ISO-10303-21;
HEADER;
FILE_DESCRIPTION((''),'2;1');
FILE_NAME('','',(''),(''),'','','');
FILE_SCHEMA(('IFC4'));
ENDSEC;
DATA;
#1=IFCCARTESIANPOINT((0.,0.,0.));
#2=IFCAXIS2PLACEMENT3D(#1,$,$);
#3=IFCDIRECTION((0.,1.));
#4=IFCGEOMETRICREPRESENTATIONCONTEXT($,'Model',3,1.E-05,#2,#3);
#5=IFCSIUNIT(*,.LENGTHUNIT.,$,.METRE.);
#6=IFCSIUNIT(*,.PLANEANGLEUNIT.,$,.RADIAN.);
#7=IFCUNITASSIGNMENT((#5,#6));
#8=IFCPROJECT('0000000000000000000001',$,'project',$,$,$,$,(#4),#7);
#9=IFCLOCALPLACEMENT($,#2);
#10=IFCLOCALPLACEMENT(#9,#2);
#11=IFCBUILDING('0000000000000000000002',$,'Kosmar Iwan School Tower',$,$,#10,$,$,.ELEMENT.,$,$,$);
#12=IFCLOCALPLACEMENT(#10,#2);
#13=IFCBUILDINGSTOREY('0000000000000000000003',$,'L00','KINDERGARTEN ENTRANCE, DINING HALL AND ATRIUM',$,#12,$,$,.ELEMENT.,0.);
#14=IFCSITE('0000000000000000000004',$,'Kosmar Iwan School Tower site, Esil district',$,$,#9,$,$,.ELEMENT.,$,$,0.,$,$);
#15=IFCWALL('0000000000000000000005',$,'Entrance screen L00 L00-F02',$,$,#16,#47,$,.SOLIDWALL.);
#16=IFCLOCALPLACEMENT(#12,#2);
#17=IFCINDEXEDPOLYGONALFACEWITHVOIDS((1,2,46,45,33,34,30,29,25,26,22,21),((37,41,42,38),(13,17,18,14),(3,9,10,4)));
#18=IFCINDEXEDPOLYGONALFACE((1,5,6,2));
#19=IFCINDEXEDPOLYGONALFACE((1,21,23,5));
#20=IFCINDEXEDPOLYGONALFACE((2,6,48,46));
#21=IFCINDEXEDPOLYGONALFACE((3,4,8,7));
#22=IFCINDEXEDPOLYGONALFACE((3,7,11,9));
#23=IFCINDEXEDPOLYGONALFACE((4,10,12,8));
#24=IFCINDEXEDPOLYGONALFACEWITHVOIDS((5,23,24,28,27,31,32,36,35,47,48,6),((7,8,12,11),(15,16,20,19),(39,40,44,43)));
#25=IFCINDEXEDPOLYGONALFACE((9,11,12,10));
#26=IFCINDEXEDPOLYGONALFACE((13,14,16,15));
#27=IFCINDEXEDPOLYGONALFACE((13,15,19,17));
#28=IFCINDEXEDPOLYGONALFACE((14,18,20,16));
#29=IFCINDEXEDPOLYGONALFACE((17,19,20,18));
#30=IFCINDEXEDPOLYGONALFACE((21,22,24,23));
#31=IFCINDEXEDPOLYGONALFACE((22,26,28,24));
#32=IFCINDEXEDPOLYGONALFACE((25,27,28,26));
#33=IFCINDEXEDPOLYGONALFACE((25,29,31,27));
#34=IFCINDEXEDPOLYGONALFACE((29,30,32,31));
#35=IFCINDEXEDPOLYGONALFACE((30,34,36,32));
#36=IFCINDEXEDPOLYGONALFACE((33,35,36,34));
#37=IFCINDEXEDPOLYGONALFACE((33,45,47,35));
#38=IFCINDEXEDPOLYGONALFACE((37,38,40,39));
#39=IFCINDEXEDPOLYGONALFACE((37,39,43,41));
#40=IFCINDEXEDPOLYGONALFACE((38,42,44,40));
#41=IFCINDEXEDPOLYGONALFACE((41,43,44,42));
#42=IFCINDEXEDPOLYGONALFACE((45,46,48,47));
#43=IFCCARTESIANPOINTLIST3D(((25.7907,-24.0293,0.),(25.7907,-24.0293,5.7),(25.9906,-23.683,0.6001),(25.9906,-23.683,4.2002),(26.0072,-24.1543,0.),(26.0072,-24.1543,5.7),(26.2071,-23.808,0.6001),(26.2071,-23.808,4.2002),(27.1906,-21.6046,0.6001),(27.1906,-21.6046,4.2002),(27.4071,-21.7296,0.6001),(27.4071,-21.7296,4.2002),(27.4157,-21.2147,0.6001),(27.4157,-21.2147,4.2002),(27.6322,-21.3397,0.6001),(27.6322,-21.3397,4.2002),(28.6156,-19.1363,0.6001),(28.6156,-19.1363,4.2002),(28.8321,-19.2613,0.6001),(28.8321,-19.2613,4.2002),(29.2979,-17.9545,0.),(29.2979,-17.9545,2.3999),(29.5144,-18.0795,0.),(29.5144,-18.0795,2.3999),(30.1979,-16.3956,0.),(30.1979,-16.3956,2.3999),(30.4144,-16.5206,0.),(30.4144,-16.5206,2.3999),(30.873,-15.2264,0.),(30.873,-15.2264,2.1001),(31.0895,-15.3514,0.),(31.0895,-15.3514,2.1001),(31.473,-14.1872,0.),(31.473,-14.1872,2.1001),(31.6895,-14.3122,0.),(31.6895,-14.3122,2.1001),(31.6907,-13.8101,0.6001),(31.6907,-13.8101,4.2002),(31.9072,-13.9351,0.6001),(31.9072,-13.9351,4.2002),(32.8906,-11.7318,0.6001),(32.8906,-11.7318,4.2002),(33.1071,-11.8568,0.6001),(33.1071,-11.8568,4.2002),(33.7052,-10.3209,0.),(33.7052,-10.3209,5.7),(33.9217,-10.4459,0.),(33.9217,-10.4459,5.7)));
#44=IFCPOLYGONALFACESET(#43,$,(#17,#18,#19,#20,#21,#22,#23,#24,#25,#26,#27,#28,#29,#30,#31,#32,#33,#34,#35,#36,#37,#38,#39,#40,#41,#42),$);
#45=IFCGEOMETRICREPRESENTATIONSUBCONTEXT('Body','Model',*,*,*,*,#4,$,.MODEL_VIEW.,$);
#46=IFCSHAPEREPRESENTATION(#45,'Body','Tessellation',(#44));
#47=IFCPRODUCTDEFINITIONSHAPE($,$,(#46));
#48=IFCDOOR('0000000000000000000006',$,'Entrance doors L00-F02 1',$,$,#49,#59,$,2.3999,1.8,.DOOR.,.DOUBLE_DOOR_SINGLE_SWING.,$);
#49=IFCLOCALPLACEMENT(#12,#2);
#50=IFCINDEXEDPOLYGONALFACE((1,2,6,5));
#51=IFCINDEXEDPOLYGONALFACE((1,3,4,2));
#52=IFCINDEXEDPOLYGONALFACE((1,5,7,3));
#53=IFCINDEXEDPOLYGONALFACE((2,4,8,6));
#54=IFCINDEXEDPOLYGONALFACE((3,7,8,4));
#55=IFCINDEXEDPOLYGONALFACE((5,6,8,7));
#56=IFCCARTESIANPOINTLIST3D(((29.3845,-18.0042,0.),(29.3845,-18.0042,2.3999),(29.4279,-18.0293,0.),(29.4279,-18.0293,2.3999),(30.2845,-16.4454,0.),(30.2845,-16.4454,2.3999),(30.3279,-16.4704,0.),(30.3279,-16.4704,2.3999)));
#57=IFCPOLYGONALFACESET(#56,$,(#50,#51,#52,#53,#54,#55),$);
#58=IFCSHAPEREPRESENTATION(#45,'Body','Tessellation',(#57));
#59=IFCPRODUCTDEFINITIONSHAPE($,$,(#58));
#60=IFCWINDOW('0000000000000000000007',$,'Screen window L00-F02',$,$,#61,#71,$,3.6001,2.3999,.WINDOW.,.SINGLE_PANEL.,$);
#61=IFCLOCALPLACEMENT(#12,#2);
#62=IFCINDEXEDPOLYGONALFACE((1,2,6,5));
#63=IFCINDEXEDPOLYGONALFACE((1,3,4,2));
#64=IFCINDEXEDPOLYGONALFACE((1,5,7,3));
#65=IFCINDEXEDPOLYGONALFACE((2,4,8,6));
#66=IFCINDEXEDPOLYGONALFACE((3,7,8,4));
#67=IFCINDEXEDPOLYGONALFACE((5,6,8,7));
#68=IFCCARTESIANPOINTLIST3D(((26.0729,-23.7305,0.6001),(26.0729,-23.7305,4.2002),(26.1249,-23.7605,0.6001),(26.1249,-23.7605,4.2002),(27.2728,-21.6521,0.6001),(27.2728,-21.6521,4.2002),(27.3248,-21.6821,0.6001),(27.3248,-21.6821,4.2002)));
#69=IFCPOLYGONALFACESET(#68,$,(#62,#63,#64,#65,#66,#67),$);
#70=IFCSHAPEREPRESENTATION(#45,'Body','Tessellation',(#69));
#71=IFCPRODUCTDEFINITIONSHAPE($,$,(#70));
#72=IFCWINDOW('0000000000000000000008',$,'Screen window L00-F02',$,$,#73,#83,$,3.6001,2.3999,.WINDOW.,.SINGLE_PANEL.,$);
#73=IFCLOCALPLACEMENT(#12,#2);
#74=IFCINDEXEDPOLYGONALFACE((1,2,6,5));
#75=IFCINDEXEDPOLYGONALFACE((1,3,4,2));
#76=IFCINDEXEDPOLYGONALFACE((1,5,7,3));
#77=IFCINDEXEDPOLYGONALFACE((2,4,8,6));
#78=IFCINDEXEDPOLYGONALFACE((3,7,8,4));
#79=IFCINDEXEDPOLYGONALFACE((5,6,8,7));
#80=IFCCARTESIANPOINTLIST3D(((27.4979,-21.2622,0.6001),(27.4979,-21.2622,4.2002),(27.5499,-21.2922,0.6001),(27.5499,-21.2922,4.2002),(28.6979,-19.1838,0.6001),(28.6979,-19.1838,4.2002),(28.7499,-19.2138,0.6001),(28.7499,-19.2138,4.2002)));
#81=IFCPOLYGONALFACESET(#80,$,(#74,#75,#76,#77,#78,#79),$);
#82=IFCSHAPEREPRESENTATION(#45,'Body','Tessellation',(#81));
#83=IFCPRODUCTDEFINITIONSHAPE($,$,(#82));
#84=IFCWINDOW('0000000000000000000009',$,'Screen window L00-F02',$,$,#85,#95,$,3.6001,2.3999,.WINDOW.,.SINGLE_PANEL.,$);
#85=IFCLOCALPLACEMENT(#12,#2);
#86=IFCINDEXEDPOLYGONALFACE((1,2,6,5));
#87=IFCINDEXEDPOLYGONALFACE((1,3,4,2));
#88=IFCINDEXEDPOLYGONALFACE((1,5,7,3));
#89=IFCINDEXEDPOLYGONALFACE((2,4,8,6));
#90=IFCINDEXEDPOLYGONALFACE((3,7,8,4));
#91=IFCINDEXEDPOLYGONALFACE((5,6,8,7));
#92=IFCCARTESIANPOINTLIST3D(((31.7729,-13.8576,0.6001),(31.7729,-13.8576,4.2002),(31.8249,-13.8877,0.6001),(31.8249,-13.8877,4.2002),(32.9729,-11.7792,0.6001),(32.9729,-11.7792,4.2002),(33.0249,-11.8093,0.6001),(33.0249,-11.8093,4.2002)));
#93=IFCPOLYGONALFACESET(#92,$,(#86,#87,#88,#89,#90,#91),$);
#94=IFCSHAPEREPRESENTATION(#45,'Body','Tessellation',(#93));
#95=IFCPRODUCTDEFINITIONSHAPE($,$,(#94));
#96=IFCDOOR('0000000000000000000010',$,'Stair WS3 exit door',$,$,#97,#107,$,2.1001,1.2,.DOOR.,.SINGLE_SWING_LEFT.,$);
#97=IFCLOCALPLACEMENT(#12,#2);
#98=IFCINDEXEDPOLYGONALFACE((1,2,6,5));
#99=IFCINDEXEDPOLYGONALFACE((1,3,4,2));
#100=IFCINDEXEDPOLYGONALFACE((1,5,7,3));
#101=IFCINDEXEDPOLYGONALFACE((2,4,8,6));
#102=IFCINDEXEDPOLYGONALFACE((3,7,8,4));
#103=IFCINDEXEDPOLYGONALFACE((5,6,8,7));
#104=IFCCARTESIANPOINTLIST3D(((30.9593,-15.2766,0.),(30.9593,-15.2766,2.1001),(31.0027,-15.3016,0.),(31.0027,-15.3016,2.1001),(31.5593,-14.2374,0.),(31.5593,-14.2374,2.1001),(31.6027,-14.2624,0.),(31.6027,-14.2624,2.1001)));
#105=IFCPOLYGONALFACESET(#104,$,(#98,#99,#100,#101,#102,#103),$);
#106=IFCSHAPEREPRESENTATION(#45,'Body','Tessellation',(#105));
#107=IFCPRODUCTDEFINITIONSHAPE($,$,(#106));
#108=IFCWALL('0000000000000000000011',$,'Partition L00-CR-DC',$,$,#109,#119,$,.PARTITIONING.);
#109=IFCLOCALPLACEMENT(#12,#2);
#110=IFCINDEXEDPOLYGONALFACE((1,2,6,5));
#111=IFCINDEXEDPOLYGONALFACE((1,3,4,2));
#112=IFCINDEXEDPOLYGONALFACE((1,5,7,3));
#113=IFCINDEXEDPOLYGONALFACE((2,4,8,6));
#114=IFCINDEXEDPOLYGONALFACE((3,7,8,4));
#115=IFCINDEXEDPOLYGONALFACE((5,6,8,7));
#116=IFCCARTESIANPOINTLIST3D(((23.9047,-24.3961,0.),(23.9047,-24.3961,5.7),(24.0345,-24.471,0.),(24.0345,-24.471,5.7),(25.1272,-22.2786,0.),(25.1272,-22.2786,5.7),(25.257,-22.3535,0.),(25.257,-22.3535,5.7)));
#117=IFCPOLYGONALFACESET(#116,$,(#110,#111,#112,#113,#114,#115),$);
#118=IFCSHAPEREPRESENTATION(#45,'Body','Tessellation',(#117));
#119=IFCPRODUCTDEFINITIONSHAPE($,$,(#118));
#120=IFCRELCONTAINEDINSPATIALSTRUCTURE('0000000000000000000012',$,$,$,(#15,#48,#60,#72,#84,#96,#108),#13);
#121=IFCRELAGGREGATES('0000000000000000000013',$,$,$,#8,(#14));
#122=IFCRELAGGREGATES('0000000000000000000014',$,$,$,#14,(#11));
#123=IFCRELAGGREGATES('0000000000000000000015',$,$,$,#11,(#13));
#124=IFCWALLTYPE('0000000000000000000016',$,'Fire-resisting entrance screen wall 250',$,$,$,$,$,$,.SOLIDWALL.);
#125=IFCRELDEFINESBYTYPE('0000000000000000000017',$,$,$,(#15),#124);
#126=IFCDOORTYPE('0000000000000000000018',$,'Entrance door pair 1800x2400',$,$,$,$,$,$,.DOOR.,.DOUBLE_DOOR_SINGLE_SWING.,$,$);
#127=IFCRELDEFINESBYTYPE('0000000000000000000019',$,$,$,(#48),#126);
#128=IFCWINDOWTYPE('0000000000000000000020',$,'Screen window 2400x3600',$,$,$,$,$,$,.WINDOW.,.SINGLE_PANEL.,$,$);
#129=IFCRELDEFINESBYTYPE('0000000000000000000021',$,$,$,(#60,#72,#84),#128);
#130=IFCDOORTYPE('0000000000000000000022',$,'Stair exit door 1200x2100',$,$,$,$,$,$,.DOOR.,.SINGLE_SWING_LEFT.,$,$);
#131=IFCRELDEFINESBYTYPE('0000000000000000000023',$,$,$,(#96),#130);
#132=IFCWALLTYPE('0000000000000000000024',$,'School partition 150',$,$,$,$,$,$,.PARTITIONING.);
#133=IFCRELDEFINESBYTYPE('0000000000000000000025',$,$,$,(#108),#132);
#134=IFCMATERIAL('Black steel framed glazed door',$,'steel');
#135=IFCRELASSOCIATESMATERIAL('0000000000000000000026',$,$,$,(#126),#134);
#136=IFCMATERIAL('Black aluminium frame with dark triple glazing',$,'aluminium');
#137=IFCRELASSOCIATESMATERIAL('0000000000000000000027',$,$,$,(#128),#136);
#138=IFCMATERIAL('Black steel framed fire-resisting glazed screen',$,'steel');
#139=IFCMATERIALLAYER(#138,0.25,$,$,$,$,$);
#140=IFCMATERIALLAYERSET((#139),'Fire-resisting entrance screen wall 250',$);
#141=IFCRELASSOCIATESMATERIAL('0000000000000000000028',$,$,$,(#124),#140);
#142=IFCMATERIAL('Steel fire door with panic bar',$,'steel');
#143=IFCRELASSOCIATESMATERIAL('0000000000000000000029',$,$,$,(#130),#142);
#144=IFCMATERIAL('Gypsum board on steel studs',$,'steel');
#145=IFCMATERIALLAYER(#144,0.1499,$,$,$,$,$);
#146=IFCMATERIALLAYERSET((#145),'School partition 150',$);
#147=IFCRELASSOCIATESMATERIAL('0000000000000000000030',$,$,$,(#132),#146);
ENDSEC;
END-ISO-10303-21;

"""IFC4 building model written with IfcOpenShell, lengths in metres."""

from ifc_helpers import new_model, si_unit, direction, frame, frame_2d, origin, place, context, subcontext, project, spatial, rectangle, extrude, material, layer, layer_set, type_object, element, fill, save


model = new_model("IFC4")

# Units and contexts
model_context = context("Model", 3, precision=1e-05, world=origin(), true_north=direction((0.0, 1.0)))
body_context = subcontext(model_context, "Body", "Model", "MODEL_VIEW")
ifc_project = project(units=[si_unit("LENGTHUNIT", "METRE"), si_unit("PLANEANGLEUNIT", "RADIAN")], contexts=[model_context])

# Site, building, storey
site_placement = place(None, origin())
site = spatial("IfcSite", under=ifc_project, at=site_placement, Name="Kosmar Iwan School Tower site, Esil district", CompositionType="ELEMENT", RefElevation=0.0)
building_placement = place(site_placement, origin())
building = spatial("IfcBuilding", under=site, at=building_placement, Name="Kosmar Iwan School Tower", CompositionType="ELEMENT")
storey_placement = place(building_placement, origin())
storey = spatial("IfcBuildingStorey", under=building, at=storey_placement, Name="L00", Description="KINDERGARTEN ENTRANCE, DINING HALL AND ATRIUM", CompositionType="ELEMENT", Elevation=0.0)

# Shared definitions
ifc_material_1 = material(Name="Black steel framed glazed door", Category="steel")
door_type_1 = type_object("IfcDoorType", Name="Entrance door pair 1800x2400", OperationType="DOUBLE_DOOR_SINGLE_SWING", PredefinedType="DOOR", material=ifc_material_1)
ifc_material_2 = material(Name="Black aluminium frame with dark triple glazing", Category="aluminium")
window_type = type_object("IfcWindowType", Name="Screen window 2400x3600", PartitioningType="SINGLE_PANEL", PredefinedType="WINDOW", material=ifc_material_2)

# Wall, openings, doors, windows
ifc_material_3 = material(Name="Black steel framed fire-resisting glazed screen", Category="steel")
ifc_layer_1 = layer(ifc_material_3, 0.25)
ifc_layer_set_1 = layer_set([ifc_layer_1], Name="Fire-resisting entrance screen wall 250")
wall_type_1 = type_object("IfcWallType", Name="Fire-resisting entrance screen wall 250", PredefinedType="SOLIDWALL", material=ifc_layer_set_1)
wall_1_placement = place(storey_placement, frame((25.8989, -24.0918, 0.0), z_axis=(0.0, 0.0, 1.0), x_axis=(0.499997, 0.866027, 0.0)))
wall_1 = element("IfcWall", 1, at=wall_1_placement, inside=storey, type_object=wall_type_1, Name="Entrance screen L00 L00-F02", PredefinedType="SOLIDWALL", context=body_context, shape_type="SweptSolid", body=[
    extrude(rectangle(XDim=15.8291, YDim=0.25, at=frame_2d((7.9146, 0.0))), origin(), (0.0, 0.0, 1.0), 5.7),
])
opening_1_placement = place(wall_1_placement, frame((7.0146, 0.0, 0.0)))
opening_1 = element("IfcOpeningElement", 2, at=opening_1_placement, cuts=wall_1, PredefinedType="OPENING", context=body_context, shape_type="SweptSolid", body=[
    extrude(rectangle(XDim=1.8, YDim=2.3999, at=frame_2d((0.8999, 1.2))), frame((0.0, 0.137, 0.0), z_axis=(0.0, -1.0, 0.0), x_axis=(1.0, 0.0, 0.0)), (0.0, 0.0, 1.0), 0.2739),
])
opening_2_placement = place(wall_1_placement, frame((0.3999, 0.0, 0.6001)))
opening_2 = element("IfcOpeningElement", 3, at=opening_2_placement, cuts=wall_1, PredefinedType="OPENING", context=body_context, shape_type="SweptSolid", body=[
    extrude(rectangle(XDim=2.3999, YDim=3.6001, at=frame_2d((1.2, 1.8))), frame((0.0, 0.137, 0.0), z_axis=(0.0, -1.0, 0.0), x_axis=(1.0, 0.0, 0.0)), (0.0, 0.0, 1.0), 0.2739),
])
opening_3_placement = place(wall_1_placement, frame((3.25, 0.0, 0.6001)))
opening_3 = element("IfcOpeningElement", 4, at=opening_3_placement, cuts=wall_1, PredefinedType="OPENING", context=body_context, shape_type="SweptSolid", body=[
    extrude(rectangle(XDim=2.3999, YDim=3.6001, at=frame_2d((1.2, 1.8))), frame((0.0, 0.137, 0.0), z_axis=(0.0, -1.0, 0.0), x_axis=(1.0, 0.0, 0.0)), (0.0, 0.0, 1.0), 0.2739),
])
opening_4_placement = place(wall_1_placement, frame((11.8, 0.0, 0.6001)))
opening_4 = element("IfcOpeningElement", 5, at=opening_4_placement, cuts=wall_1, PredefinedType="OPENING", context=body_context, shape_type="SweptSolid", body=[
    extrude(rectangle(XDim=2.3999, YDim=3.6001, at=frame_2d((1.2, 1.8))), frame((0.0, 0.137, 0.0), z_axis=(0.0, -1.0, 0.0), x_axis=(1.0, 0.0, 0.0)), (0.0, 0.0, 1.0), 0.2739),
])
opening_5_placement = place(wall_1_placement, frame((10.1646, 0.0, 0.0)))
opening_5 = element("IfcOpeningElement", 6, at=opening_5_placement, cuts=wall_1, PredefinedType="OPENING", context=body_context, shape_type="SweptSolid", body=[
    extrude(rectangle(XDim=1.2, YDim=2.1001, at=frame_2d((0.6001, 1.05))), frame((0.0, 0.137, 0.0), z_axis=(0.0, -1.0, 0.0), x_axis=(1.0, 0.0, 0.0)), (0.0, 0.0, 1.0), 0.2739),
])
door_1_placement = place(opening_1_placement, frame((1.8, 0.0, 0.0), z_axis=(0.0, 0.0, 1.0), x_axis=(-1.0, 0.0, 0.0)))
door_1 = element("IfcDoor", 7, at=door_1_placement, inside=storey, type_object=door_type_1, Name="Entrance doors L00-F02 1", OperationType="DOUBLE_DOOR_SINGLE_SWING", OverallHeight=2.3999, OverallWidth=1.8, PredefinedType="DOOR", context=body_context, shape_type="SweptSolid", body=[
    extrude(rectangle(XDim=1.8, YDim=2.3999, at=frame_2d((0.8999, 1.2))), frame((0.0, 0.0249, 0.0), z_axis=(0.0, -1.0, 0.0), x_axis=(1.0, 0.0, 0.0)), (0.0, 0.0, 1.0), 0.05),
])
fill(opening_1, door_1)
window_1_placement = place(opening_2_placement, origin())
window_1 = element("IfcWindow", 8, at=window_1_placement, inside=storey, type_object=window_type, Name="Screen window L00-F02", OverallHeight=3.6001, OverallWidth=2.3999, PartitioningType="SINGLE_PANEL", PredefinedType="WINDOW", context=body_context, shape_type="SweptSolid", body=[
    extrude(rectangle(XDim=2.3999, YDim=3.6001, at=frame_2d((1.2, 1.8))), frame((0.0, 0.03, 0.0), z_axis=(0.0, -1.0, 0.0), x_axis=(1.0, 0.0, 0.0)), (0.0, 0.0, 1.0), 0.0601),
])
fill(opening_2, window_1)
window_2_placement = place(opening_3_placement, origin())
window_2 = element("IfcWindow", 9, at=window_2_placement, inside=storey, type_object=window_type, Name="Screen window L00-F02", OverallHeight=3.6001, OverallWidth=2.3999, PartitioningType="SINGLE_PANEL", PredefinedType="WINDOW", context=body_context, shape_type="SweptSolid", body=[
    extrude(rectangle(XDim=2.3999, YDim=3.6001, at=frame_2d((1.2, 1.8))), frame((0.0, 0.03, 0.0), z_axis=(0.0, -1.0, 0.0), x_axis=(1.0, 0.0, 0.0)), (0.0, 0.0, 1.0), 0.0601),
])
fill(opening_3, window_2)
window_3_placement = place(opening_4_placement, origin())
window_3 = element("IfcWindow", 10, at=window_3_placement, inside=storey, type_object=window_type, Name="Screen window L00-F02", OverallHeight=3.6001, OverallWidth=2.3999, PartitioningType="SINGLE_PANEL", PredefinedType="WINDOW", context=body_context, shape_type="SweptSolid", body=[
    extrude(rectangle(XDim=2.3999, YDim=3.6001, at=frame_2d((1.2, 1.8))), frame((0.0, 0.03, 0.0), z_axis=(0.0, -1.0, 0.0), x_axis=(1.0, 0.0, 0.0)), (0.0, 0.0, 1.0), 0.0601),
])
fill(opening_4, window_3)
ifc_material_4 = material(Name="Steel fire door with panic bar", Category="steel")
door_type_2 = type_object("IfcDoorType", Name="Stair exit door 1200x2100", OperationType="SINGLE_SWING_LEFT", PredefinedType="DOOR", material=ifc_material_4)
door_2_placement = place(opening_5_placement, frame((1.2, 0.0, 0.0), z_axis=(0.0, 0.0, 1.0), x_axis=(-1.0, 0.0, 0.0)))
door_2 = element("IfcDoor", 11, at=door_2_placement, inside=storey, type_object=door_type_2, Name="Stair WS3 exit door", OperationType="SINGLE_SWING_LEFT", OverallHeight=2.1001, OverallWidth=1.2, PredefinedType="DOOR", context=body_context, shape_type="SweptSolid", body=[
    extrude(rectangle(XDim=1.2, YDim=2.1001, at=frame_2d((0.6001, 1.05))), frame((0.0, 0.0249, 0.0), z_axis=(0.0, -1.0, 0.0), x_axis=(1.0, 0.0, 0.0)), (0.0, 0.0, 1.0), 0.05),
])
fill(opening_5, door_2)

# Wall
ifc_material_5 = material(Name="Gypsum board on steel studs", Category="steel")
ifc_layer_2 = layer(ifc_material_5, 0.1499)
ifc_layer_set_2 = layer_set([ifc_layer_2], Name="School partition 150")
wall_type_2 = type_object("IfcWallType", Name="School partition 150", PredefinedType="PARTITIONING", material=ifc_layer_set_2)
wall_2_placement = place(storey_placement, frame((25.1921, -22.3159, 0.0), z_axis=(0.0, 0.0, 1.0), x_axis=(-0.499973, -0.866041, 0.0)))
element("IfcWall", 12, at=wall_2_placement, inside=storey, type_object=wall_type_2, Name="Partition L00-CR-DC", PredefinedType="PARTITIONING", context=body_context, shape_type="SweptSolid", body=[
    extrude(rectangle(XDim=2.4451, YDim=0.1499, at=frame_2d((1.2227, 0.0))), origin(), (0.0, 0.0, 1.0), 5.7),
])

save(model, "model.ifc")
